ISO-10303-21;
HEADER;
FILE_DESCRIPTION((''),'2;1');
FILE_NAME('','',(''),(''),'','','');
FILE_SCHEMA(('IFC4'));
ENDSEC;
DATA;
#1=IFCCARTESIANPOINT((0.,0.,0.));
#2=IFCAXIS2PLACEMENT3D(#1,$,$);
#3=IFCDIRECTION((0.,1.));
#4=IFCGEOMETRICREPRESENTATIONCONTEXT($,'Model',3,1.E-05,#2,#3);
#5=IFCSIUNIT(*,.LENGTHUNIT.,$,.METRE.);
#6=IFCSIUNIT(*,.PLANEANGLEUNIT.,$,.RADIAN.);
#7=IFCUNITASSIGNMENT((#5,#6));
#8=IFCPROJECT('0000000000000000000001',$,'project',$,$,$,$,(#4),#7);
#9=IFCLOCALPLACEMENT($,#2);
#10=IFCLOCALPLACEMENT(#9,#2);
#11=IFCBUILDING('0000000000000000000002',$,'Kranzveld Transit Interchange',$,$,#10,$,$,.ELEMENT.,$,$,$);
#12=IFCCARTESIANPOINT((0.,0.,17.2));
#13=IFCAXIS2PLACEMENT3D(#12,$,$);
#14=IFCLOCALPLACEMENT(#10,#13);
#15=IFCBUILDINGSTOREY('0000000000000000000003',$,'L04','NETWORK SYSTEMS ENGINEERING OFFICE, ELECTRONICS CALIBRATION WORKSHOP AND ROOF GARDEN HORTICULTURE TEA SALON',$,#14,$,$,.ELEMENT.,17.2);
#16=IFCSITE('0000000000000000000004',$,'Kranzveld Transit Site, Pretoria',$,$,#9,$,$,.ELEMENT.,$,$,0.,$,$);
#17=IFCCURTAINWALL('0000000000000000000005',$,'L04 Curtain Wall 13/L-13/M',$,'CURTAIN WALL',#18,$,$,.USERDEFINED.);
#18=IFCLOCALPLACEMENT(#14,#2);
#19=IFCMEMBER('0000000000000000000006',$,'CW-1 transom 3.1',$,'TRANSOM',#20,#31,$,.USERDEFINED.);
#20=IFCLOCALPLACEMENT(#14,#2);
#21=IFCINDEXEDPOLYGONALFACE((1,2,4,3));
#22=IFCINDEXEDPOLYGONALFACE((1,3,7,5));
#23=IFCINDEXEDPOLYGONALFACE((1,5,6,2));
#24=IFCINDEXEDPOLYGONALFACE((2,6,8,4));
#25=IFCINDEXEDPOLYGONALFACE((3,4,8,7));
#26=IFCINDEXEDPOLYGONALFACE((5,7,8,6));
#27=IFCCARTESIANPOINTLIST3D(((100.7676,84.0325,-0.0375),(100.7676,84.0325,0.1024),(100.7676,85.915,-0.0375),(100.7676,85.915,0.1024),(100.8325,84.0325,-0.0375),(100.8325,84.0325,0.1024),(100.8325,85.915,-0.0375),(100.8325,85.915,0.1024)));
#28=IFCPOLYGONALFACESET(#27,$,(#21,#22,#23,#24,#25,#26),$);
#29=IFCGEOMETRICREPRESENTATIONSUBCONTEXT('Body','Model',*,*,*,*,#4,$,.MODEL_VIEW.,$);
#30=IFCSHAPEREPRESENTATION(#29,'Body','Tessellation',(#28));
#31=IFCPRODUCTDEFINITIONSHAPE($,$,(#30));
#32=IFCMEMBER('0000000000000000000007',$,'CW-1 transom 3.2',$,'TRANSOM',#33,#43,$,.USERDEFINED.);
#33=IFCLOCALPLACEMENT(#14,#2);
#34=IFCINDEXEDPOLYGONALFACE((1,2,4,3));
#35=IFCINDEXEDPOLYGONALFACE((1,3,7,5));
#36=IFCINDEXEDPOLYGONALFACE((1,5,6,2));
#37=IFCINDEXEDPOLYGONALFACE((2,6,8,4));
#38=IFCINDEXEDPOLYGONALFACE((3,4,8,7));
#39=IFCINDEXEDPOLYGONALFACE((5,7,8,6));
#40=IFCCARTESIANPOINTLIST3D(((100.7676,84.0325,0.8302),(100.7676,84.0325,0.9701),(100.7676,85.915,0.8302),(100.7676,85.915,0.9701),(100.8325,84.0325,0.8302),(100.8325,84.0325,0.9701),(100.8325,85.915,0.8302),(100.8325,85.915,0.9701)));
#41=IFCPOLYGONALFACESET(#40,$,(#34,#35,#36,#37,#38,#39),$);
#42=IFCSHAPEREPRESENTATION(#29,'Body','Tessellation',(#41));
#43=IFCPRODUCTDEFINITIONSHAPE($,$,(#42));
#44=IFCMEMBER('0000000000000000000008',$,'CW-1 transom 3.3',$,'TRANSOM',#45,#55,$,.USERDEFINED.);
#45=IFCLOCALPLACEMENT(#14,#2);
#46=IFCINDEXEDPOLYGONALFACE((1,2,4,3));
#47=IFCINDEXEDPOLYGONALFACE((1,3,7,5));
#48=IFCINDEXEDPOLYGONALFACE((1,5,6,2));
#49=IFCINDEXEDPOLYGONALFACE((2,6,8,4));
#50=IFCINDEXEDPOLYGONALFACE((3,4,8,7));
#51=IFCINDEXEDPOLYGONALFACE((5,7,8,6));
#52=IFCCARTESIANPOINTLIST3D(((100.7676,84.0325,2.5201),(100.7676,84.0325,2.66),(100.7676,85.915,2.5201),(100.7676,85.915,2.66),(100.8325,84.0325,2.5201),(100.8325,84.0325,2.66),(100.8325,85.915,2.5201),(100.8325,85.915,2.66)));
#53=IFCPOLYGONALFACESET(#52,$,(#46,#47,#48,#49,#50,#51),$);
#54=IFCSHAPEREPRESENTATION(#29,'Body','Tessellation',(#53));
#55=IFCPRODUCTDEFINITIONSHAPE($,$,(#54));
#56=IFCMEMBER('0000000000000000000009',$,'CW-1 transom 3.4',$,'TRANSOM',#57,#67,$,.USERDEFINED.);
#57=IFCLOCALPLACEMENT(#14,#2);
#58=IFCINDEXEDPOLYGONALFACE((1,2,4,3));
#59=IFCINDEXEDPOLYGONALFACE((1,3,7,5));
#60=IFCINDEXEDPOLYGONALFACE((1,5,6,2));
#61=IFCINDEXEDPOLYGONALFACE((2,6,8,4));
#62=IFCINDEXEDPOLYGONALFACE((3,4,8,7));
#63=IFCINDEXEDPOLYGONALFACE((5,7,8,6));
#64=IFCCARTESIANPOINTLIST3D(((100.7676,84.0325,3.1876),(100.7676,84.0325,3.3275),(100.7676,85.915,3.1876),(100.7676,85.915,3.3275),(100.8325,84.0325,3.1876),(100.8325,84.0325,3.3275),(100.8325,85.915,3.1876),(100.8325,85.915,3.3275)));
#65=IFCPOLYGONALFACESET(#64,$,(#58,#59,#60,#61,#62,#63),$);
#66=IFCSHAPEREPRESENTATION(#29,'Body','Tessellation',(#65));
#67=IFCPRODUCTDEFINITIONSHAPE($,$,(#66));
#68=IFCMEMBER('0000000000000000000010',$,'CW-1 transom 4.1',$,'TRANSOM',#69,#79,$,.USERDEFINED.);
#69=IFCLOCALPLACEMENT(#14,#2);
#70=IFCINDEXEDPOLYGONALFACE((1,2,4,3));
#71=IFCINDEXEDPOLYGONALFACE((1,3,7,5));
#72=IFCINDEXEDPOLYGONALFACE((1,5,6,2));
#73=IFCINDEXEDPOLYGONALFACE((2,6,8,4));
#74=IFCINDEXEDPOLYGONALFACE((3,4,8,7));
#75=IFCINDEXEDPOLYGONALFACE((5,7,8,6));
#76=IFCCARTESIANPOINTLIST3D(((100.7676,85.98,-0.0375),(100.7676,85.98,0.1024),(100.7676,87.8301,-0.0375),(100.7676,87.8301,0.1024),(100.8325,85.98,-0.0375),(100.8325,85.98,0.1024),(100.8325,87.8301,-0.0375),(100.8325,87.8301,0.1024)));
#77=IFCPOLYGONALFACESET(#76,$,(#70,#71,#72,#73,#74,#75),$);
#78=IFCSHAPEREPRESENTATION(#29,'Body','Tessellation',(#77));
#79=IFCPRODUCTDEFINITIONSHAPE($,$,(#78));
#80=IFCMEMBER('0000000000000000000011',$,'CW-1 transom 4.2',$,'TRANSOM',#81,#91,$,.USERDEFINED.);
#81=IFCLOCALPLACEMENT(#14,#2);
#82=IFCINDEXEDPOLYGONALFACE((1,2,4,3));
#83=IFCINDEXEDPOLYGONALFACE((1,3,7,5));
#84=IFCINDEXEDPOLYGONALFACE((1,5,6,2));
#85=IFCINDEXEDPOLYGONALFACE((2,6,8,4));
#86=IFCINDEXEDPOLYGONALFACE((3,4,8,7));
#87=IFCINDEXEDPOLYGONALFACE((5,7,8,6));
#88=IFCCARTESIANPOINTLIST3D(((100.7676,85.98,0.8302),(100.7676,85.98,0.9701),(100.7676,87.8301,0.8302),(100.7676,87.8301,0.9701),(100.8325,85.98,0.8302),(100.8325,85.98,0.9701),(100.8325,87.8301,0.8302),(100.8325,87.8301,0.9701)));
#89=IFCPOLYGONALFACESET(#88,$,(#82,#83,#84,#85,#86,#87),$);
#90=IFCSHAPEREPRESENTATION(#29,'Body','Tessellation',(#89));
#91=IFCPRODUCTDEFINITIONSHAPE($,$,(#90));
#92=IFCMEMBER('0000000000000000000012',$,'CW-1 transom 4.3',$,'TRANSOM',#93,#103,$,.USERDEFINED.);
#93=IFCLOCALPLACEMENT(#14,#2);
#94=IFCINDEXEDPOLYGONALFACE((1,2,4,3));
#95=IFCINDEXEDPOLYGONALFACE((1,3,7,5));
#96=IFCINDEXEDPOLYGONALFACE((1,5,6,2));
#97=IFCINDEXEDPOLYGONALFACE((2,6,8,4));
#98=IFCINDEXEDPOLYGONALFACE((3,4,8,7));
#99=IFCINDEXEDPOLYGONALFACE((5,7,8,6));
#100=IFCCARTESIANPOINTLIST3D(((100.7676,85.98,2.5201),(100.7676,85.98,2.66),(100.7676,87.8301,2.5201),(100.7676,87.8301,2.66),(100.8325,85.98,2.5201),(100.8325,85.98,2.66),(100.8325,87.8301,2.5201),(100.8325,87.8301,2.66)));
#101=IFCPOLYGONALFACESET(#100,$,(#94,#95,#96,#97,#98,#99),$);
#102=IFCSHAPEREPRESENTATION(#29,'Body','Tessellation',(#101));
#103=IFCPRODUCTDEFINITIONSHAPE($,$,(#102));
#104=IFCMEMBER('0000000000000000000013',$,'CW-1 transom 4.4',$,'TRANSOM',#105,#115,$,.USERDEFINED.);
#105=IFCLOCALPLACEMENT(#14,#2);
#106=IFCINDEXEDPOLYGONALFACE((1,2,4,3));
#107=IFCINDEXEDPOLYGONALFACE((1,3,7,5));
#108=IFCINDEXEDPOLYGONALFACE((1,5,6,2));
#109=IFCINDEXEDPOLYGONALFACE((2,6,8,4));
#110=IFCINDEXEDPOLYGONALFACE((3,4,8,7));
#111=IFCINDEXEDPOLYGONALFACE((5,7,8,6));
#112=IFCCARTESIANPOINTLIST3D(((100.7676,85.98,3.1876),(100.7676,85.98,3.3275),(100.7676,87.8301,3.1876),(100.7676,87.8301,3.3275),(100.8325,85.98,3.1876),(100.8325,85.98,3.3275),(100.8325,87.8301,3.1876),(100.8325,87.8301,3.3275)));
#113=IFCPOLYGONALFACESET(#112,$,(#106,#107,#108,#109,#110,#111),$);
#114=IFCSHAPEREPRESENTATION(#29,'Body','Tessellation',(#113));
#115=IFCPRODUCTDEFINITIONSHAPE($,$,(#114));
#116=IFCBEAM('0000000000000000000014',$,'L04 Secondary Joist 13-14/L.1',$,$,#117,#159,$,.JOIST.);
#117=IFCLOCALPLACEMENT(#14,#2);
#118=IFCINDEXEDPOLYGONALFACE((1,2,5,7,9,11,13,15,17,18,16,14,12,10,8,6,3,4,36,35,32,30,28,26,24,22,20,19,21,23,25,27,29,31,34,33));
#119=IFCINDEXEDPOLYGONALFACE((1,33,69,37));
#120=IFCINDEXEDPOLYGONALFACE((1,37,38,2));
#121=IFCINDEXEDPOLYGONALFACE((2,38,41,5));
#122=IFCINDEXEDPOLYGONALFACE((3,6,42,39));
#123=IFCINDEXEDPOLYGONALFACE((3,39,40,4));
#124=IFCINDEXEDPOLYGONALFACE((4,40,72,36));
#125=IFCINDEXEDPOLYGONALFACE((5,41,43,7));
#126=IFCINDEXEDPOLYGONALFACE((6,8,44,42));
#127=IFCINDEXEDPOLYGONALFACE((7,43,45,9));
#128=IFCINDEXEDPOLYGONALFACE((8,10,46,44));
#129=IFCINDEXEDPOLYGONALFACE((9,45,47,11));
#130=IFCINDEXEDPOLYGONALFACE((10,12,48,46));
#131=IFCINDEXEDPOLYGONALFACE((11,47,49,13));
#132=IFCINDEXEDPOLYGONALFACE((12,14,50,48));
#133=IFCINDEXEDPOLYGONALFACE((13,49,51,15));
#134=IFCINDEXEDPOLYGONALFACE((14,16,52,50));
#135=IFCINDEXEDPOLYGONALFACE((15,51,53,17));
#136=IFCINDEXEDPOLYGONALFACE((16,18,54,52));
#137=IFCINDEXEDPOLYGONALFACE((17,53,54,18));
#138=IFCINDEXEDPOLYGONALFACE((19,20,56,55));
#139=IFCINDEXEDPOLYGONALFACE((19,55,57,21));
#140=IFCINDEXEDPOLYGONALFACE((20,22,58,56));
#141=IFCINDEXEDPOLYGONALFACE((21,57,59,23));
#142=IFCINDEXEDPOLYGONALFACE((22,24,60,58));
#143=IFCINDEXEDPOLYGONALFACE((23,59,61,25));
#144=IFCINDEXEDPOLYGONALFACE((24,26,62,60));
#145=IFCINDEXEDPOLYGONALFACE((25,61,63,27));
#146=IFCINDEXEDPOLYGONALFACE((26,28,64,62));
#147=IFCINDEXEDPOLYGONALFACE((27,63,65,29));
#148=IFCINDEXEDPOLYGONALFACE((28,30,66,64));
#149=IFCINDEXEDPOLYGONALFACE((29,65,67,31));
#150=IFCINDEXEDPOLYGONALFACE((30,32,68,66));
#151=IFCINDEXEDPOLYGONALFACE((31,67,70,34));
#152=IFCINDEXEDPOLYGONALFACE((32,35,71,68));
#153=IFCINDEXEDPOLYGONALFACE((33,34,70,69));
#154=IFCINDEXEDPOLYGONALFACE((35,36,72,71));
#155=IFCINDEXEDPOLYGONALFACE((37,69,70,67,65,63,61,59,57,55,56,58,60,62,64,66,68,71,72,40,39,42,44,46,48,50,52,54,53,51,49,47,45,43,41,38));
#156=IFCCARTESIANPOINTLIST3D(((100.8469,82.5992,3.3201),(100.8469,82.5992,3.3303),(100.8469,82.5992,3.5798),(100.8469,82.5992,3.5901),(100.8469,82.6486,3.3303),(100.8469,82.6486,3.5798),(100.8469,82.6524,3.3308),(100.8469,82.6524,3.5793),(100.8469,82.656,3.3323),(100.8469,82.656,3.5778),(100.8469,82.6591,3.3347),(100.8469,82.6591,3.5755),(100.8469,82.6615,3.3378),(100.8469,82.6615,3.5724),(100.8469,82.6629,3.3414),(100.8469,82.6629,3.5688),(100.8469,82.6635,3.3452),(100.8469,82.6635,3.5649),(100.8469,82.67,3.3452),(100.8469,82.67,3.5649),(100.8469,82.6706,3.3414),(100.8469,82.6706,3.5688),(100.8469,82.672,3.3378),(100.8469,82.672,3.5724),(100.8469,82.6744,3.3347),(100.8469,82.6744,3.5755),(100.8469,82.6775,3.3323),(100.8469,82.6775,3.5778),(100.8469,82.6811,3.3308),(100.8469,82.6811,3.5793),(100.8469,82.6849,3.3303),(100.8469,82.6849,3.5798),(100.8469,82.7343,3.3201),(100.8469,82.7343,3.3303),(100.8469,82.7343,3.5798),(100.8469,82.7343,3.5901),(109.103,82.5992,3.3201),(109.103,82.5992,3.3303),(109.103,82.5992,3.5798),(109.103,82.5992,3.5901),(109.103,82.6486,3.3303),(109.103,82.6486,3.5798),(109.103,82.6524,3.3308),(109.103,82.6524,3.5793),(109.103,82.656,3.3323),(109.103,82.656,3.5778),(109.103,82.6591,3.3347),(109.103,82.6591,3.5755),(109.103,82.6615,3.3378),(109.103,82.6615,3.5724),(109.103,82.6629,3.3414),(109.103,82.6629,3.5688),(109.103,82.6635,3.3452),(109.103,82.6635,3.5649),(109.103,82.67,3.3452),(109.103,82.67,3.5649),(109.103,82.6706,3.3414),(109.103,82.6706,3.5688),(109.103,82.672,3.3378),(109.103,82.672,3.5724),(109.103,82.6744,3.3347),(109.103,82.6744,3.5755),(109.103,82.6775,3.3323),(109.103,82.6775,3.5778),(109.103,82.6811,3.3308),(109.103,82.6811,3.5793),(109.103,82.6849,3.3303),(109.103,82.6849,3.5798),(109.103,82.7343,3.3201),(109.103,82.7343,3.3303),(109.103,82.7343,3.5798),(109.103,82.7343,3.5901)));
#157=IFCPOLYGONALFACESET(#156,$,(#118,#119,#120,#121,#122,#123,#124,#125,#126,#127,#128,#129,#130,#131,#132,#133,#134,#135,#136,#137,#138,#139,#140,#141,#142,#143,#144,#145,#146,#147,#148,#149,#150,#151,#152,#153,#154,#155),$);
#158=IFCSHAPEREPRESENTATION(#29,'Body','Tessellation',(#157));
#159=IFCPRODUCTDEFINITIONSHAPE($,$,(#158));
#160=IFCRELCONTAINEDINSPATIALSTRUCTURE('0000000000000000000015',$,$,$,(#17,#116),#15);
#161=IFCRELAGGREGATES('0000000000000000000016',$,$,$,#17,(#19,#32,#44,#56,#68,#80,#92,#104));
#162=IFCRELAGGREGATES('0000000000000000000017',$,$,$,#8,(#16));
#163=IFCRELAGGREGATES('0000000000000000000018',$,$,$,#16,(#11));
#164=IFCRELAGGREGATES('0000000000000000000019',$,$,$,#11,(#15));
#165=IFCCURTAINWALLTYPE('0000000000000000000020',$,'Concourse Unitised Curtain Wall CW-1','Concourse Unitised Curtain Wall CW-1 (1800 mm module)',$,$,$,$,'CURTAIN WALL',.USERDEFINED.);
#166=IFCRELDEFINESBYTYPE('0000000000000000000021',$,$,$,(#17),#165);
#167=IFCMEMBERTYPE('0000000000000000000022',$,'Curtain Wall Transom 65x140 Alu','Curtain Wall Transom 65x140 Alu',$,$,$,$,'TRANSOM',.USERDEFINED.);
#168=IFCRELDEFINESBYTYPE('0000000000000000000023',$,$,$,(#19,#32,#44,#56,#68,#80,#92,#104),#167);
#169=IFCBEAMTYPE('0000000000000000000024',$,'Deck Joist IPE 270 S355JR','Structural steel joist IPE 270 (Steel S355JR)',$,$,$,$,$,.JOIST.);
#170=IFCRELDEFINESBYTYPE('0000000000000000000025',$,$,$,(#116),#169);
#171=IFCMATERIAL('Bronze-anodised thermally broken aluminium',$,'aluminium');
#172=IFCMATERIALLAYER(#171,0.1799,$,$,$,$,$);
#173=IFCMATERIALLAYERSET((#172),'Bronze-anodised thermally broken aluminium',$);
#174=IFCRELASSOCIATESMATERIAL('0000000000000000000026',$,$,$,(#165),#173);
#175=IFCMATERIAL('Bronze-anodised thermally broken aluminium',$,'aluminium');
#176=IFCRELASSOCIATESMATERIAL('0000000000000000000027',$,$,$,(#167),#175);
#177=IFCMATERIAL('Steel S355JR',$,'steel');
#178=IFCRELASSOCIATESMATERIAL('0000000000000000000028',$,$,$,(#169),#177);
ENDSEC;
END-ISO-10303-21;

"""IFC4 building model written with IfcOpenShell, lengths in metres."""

from ifc_helpers import new_model, si_unit, direction, frame, origin, origin_2d, place, context, subcontext, project, spatial, rectangle, i_section, extrude, material, layer, layer_set, material_profile, profile_set, type_object, element, aggregate, save


model = new_model("IFC4")

# Units and contexts
model_context = context("Model", 3, precision=1e-05, world=origin(), true_north=direction((0.0, 1.0)))
body_context = subcontext(model_context, "Body", "Model", "MODEL_VIEW")
ifc_project = project(units=[si_unit("LENGTHUNIT", "METRE"), si_unit("PLANEANGLEUNIT", "RADIAN")], contexts=[model_context])

# Site, building, storey
site_placement = place(None, origin())
site = spatial("IfcSite", under=ifc_project, at=site_placement, Name="Kranzveld Transit Site, Pretoria", CompositionType="ELEMENT", RefElevation=0.0)
building_placement = place(site_placement, origin())
building = spatial("IfcBuilding", under=site, at=building_placement, Name="Kranzveld Transit Interchange", CompositionType="ELEMENT")
storey_placement = place(building_placement, frame((0.0, 0.0, 17.2)))
storey = spatial("IfcBuildingStorey", under=building, at=storey_placement, Name="L04", Description="NETWORK SYSTEMS ENGINEERING OFFICE, ELECTRONICS CALIBRATION WORKSHOP AND ROOF GARDEN HORTICULTURE TEA SALON", CompositionType="ELEMENT", Elevation=17.2)

# Curtain wall, members
ifc_material_1 = material(Name="Bronze-anodised thermally broken aluminium", Category="aluminium")
ifc_layer_1 = layer(ifc_material_1, 0.1799)
ifc_layer_set_1 = layer_set([ifc_layer_1], Name="Bronze-anodised thermally broken aluminium")
curtain_wall_type = type_object("IfcCurtainWallType", Name="Concourse Unitised Curtain Wall CW-1", Description="Concourse Unitised Curtain Wall CW-1 (1800 mm module)", ElementType="CURTAIN WALL", PredefinedType="USERDEFINED", material=ifc_layer_set_1)
curtain_wall_placement = place(storey_placement, origin())
curtain_wall = element("IfcCurtainWall", 1, at=curtain_wall_placement, inside=storey, type_object=curtain_wall_type, Name="L04 Curtain Wall 13/L-13/M", ObjectType="CURTAIN WALL", PredefinedType="USERDEFINED")
ifc_material_2 = material(Name="Bronze-anodised thermally broken aluminium", Category="aluminium")
ifc_material_profile_1 = material_profile(ifc_material_2, rectangle(XDim=0.0649, YDim=0.1399, at=origin_2d()), Name="ALU TRANSOM 65x140")
ifc_profile_set_1 = profile_set([ifc_material_profile_1], Name="Bronze-anodised thermally broken aluminium")
member_type_1 = type_object("IfcMemberType", Name="Curtain Wall Transom 65x140 Alu", Description="Curtain Wall Transom 65x140 Alu", ElementType="TRANSOM", PredefinedType="USERDEFINED", material=ifc_profile_set_1)
member_1_placement = place(storey_placement, frame((100.8, 84.0325, 0.0325), z_axis=(0.0, 1.0, 0.0), x_axis=(-1.0, 0.0, 0.0)))
member_1 = element("IfcMember", 2, at=member_1_placement, type_object=member_type_1, Name="CW-1 transom 3.1", ObjectType="TRANSOM", PredefinedType="USERDEFINED", context=body_context, shape_type="SweptSolid", body=[
    extrude(rectangle(XDim=0.0649, YDim=0.1399, at=origin_2d()), origin(), (0.0, 0.0, 1.0), 1.8826),
])
member_2_placement = place(storey_placement, frame((100.8, 84.0325, 0.9001), z_axis=(0.0, 1.0, 0.0), x_axis=(-1.0, 0.0, 0.0)))
member_2 = element("IfcMember", 3, at=member_2_placement, type_object=member_type_1, Name="CW-1 transom 3.2", ObjectType="TRANSOM", PredefinedType="USERDEFINED", context=body_context, shape_type="SweptSolid", body=[
    extrude(rectangle(XDim=0.0649, YDim=0.1399, at=origin_2d()), origin(), (0.0, 0.0, 1.0), 1.8826),
])
member_3_placement = place(storey_placement, frame((100.8, 84.0325, 2.5901), z_axis=(0.0, 1.0, 0.0), x_axis=(-1.0, 0.0, 0.0)))
member_3 = element("IfcMember", 4, at=member_3_placement, type_object=member_type_1, Name="CW-1 transom 3.3", ObjectType="TRANSOM", PredefinedType="USERDEFINED", context=body_context, shape_type="SweptSolid", body=[
    extrude(rectangle(XDim=0.0649, YDim=0.1399, at=origin_2d()), origin(), (0.0, 0.0, 1.0), 1.8826),
])
member_4_placement = place(storey_placement, frame((100.8, 84.0325, 3.2576), z_axis=(0.0, 1.0, 0.0), x_axis=(-1.0, 0.0, 0.0)))
member_4 = element("IfcMember", 5, at=member_4_placement, type_object=member_type_1, Name="CW-1 transom 3.4", ObjectType="TRANSOM", PredefinedType="USERDEFINED", context=body_context, shape_type="SweptSolid", body=[
    extrude(rectangle(XDim=0.0649, YDim=0.1399, at=origin_2d()), origin(), (0.0, 0.0, 1.0), 1.8826),
])
member_5_placement = place(storey_placement, frame((100.8, 85.98, 0.0325), z_axis=(0.0, 1.0, 0.0), x_axis=(-1.0, 0.0, 0.0)))
member_5 = element("IfcMember", 6, at=member_5_placement, type_object=member_type_1, Name="CW-1 transom 4.1", ObjectType="TRANSOM", PredefinedType="USERDEFINED", context=body_context, shape_type="SweptSolid", body=[
    extrude(rectangle(XDim=0.0649, YDim=0.1399, at=origin_2d()), origin(), (0.0, 0.0, 1.0), 1.8501),
])
member_6_placement = place(storey_placement, frame((100.8, 85.98, 0.9001), z_axis=(0.0, 1.0, 0.0), x_axis=(-1.0, 0.0, 0.0)))
member_6 = element("IfcMember", 7, at=member_6_placement, type_object=member_type_1, Name="CW-1 transom 4.2", ObjectType="TRANSOM", PredefinedType="USERDEFINED", context=body_context, shape_type="SweptSolid", body=[
    extrude(rectangle(XDim=0.0649, YDim=0.1399, at=origin_2d()), origin(), (0.0, 0.0, 1.0), 1.8501),
])
member_7_placement = place(storey_placement, frame((100.8, 85.98, 2.5901), z_axis=(0.0, 1.0, 0.0), x_axis=(-1.0, 0.0, 0.0)))
member_7 = element("IfcMember", 8, at=member_7_placement, type_object=member_type_1, Name="CW-1 transom 4.3", ObjectType="TRANSOM", PredefinedType="USERDEFINED", context=body_context, shape_type="SweptSolid", body=[
    extrude(rectangle(XDim=0.0649, YDim=0.1399, at=origin_2d()), origin(), (0.0, 0.0, 1.0), 1.8501),
])
member_8_placement = place(storey_placement, frame((100.8, 85.98, 3.2576), z_axis=(0.0, 1.0, 0.0), x_axis=(-1.0, 0.0, 0.0)))
member_8 = element("IfcMember", 9, at=member_8_placement, type_object=member_type_1, Name="CW-1 transom 4.4", ObjectType="TRANSOM", PredefinedType="USERDEFINED", context=body_context, shape_type="SweptSolid", body=[
    extrude(rectangle(XDim=0.0649, YDim=0.1399, at=origin_2d()), origin(), (0.0, 0.0, 1.0), 1.8501),
])

# Beam
ifc_material_3 = material(Name="Steel S355JR", Category="steel")
ifc_material_profile_2 = material_profile(ifc_material_3, i_section(OverallWidth=0.135, OverallDepth=0.27, WebThickness=0.0066, FlangeThickness=0.0103, FilletRadius=0.0149, at=origin_2d()), Name="IPE 270")
ifc_profile_set_2 = profile_set([ifc_material_profile_2], Name="Steel S355JR")
beam_type_1 = type_object("IfcBeamType", Name="Deck Joist IPE 270 S355JR", Description="Structural steel joist IPE 270 (Steel S355JR)", PredefinedType="JOIST", material=ifc_profile_set_2)
for number, where, z_axis, x_axis, name in (
    (10, (100.8469, 82.6667, 3.4551), (1.0, 0.0, 0.0), (0.0, 1.0, 0.0), "L04 Secondary Joist 13-14/L.1"),
):
    element("IfcBeam", number, at=place(storey_placement, frame(where, z_axis=z_axis, x_axis=x_axis)), inside=storey, type_object=beam_type_1, Name=name, PredefinedType="JOIST", context=body_context, shape_type="SweptSolid", body=[
        extrude(i_section(OverallWidth=0.135, OverallDepth=0.27, WebThickness=0.0066, FlangeThickness=0.0103, FilletRadius=0.0149, at=origin_2d()), origin(), (0.0, 0.0, 1.0), 8.2561),
    ])

aggregate(curtain_wall, [member_1, member_2, member_3, member_4, member_5, member_6, member_7, member_8])

save(model, "model.ifc")
